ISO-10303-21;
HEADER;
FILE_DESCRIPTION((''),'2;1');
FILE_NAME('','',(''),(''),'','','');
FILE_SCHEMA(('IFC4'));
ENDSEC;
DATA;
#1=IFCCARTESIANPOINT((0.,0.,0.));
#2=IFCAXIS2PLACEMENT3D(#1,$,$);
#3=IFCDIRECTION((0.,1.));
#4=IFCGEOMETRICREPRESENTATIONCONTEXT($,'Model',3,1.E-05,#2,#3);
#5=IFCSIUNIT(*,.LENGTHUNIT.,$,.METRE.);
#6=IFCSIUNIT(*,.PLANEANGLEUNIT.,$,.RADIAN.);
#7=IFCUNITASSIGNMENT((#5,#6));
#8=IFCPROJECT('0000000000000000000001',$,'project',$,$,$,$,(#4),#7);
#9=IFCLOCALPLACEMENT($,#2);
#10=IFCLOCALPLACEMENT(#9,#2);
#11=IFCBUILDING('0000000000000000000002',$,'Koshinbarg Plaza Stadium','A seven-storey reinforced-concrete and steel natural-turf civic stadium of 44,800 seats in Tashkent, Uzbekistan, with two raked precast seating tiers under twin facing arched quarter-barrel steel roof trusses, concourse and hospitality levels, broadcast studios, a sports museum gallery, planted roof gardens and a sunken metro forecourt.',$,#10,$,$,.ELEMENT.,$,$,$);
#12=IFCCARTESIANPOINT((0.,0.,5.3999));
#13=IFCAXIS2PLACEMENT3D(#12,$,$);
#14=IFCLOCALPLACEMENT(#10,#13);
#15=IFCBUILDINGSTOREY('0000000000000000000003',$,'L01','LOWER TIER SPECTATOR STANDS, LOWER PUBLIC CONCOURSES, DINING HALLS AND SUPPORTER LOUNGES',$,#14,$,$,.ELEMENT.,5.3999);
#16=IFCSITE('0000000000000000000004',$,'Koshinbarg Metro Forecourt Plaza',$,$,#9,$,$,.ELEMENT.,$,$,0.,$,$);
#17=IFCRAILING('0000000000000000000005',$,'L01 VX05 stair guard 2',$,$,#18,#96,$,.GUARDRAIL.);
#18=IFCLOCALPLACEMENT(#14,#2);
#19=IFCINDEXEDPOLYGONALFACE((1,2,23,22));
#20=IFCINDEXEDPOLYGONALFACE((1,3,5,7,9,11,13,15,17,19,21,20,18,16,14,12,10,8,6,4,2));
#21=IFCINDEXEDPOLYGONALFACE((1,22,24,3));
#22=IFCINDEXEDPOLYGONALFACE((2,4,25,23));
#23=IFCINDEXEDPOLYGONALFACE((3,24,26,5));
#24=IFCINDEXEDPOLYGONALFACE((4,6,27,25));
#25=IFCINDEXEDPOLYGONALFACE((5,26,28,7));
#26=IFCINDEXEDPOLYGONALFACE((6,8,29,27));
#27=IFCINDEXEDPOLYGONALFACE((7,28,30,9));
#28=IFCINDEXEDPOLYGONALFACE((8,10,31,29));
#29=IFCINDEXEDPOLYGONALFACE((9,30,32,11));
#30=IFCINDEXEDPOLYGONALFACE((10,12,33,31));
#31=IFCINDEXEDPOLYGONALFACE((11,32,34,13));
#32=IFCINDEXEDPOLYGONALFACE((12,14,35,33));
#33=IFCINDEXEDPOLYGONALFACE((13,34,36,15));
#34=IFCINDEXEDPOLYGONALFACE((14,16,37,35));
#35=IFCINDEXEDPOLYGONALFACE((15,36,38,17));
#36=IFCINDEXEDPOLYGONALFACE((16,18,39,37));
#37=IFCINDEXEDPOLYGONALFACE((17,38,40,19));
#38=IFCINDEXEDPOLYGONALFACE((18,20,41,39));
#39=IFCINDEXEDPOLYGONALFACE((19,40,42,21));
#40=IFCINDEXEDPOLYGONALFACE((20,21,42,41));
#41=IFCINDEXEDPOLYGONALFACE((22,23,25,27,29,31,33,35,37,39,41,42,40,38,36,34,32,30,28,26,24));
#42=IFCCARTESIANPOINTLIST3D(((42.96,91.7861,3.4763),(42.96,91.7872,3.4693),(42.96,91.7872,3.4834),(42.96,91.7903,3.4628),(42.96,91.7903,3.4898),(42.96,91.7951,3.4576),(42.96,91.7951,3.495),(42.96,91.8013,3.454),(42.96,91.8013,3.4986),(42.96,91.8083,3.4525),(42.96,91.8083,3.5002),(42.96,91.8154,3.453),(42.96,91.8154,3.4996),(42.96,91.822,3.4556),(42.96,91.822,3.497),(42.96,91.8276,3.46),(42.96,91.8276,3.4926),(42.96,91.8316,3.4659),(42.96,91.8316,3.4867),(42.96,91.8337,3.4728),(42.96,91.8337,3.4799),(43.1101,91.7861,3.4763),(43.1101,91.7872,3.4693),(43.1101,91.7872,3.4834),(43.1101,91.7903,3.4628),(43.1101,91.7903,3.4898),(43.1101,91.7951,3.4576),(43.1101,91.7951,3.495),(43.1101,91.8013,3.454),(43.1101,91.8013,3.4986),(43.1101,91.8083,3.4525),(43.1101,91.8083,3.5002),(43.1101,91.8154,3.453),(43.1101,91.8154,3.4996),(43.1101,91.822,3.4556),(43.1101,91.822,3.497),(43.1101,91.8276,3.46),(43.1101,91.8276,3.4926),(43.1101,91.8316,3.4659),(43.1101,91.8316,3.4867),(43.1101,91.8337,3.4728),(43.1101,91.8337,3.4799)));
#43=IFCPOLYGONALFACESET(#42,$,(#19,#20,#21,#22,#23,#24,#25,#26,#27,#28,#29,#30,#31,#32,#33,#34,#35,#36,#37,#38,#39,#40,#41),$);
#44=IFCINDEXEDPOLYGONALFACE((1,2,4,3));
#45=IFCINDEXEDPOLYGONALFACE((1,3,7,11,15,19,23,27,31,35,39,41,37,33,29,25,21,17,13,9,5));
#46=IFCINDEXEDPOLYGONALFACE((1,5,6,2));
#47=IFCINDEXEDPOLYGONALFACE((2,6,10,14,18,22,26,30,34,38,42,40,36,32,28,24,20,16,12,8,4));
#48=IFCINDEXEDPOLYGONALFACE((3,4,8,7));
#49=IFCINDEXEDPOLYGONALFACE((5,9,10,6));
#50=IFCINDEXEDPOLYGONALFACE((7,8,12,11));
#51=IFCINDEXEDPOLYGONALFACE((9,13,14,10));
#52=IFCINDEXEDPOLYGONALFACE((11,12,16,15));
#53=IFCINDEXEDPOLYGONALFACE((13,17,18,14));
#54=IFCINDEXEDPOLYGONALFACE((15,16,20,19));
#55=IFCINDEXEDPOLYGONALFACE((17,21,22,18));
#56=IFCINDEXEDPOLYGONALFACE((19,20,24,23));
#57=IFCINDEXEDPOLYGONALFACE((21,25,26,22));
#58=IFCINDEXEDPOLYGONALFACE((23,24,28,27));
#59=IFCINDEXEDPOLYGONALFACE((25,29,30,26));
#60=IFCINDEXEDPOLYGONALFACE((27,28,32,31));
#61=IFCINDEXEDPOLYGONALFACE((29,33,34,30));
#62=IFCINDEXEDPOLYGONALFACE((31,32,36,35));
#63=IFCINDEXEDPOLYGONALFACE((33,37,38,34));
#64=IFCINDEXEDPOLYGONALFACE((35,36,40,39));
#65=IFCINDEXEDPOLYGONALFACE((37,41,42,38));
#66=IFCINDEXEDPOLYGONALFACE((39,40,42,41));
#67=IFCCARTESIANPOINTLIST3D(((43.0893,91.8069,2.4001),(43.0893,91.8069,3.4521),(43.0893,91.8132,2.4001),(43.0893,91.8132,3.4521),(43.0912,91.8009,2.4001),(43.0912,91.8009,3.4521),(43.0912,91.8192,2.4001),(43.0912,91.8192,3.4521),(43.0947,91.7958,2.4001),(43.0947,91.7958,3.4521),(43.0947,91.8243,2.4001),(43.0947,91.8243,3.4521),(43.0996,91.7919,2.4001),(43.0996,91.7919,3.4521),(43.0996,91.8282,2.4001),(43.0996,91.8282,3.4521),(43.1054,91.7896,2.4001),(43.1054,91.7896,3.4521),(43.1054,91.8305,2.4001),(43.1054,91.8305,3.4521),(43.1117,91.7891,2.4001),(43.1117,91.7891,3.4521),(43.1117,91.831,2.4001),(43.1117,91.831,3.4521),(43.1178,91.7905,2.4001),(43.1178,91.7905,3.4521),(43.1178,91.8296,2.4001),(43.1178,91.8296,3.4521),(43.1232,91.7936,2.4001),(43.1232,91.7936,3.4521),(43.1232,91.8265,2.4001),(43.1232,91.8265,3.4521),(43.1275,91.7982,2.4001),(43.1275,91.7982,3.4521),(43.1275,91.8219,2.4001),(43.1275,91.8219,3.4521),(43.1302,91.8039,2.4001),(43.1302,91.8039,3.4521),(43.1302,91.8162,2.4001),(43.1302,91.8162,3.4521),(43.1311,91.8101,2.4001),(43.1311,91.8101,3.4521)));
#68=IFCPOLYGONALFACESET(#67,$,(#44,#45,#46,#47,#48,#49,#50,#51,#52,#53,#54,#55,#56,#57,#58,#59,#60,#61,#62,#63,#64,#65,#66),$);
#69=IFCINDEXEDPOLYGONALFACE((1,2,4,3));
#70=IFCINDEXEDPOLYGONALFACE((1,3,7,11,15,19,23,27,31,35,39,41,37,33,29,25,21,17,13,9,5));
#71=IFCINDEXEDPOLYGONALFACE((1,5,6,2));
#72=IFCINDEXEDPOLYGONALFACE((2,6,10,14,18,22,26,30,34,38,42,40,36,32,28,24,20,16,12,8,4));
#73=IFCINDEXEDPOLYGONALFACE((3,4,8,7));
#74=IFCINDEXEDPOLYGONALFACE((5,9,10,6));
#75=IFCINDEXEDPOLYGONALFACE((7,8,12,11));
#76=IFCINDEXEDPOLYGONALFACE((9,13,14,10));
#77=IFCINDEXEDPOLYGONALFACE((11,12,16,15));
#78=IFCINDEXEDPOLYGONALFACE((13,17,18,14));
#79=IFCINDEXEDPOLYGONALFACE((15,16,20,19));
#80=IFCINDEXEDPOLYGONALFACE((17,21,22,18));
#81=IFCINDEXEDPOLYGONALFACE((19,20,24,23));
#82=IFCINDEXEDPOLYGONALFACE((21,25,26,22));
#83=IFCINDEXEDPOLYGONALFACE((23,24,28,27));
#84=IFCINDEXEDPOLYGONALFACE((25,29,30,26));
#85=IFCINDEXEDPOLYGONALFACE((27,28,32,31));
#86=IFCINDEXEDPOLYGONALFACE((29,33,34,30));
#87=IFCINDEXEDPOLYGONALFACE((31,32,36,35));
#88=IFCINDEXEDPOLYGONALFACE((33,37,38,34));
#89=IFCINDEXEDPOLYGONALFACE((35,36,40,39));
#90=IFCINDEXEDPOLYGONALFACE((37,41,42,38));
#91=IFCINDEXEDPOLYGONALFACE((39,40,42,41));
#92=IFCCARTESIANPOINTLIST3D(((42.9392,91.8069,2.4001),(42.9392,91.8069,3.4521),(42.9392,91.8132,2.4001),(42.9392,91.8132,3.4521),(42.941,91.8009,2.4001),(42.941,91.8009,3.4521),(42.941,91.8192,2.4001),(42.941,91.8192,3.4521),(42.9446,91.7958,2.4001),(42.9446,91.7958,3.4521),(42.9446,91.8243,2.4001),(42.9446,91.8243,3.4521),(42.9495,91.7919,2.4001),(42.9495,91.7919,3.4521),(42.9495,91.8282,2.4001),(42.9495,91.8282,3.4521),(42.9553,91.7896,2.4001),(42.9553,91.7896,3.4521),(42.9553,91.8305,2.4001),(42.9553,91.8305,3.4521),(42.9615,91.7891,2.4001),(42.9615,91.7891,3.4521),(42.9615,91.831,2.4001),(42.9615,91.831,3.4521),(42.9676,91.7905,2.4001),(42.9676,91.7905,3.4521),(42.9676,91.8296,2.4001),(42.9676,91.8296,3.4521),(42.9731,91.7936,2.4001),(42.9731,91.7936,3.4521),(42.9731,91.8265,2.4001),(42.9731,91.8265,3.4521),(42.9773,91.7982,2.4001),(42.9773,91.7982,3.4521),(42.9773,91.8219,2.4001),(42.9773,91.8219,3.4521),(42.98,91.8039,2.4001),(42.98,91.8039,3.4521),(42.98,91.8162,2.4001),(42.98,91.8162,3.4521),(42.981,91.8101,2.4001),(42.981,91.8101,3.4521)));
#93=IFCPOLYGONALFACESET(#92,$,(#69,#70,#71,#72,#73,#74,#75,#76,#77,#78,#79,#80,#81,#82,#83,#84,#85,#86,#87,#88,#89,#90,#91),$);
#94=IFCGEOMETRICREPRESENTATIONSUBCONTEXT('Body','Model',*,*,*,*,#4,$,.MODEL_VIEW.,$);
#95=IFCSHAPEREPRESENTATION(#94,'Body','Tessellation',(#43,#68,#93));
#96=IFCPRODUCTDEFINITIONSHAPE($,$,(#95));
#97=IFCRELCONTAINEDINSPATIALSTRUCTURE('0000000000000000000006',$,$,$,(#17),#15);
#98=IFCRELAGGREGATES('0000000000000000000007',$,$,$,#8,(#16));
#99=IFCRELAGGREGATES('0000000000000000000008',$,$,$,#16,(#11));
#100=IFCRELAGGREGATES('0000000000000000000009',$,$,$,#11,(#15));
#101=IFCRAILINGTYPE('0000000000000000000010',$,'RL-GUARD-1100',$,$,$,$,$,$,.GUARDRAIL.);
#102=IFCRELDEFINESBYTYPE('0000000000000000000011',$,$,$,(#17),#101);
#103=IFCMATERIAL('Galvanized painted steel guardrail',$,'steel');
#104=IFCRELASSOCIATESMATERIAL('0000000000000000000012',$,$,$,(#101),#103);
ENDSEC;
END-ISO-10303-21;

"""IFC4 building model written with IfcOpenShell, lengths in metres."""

from ifc_helpers import new_model, si_unit, direction, frame, origin, origin_2d, place, context, subcontext, project, spatial, circle, extrude, material, type_object, element, save


model = new_model("IFC4")

# Units and contexts
model_context = context("Model", 3, precision=1e-05, world=origin(), true_north=direction((0.0, 1.0)))
body_context = subcontext(model_context, "Body", "Model", "MODEL_VIEW")
ifc_project = project(units=[si_unit("LENGTHUNIT", "METRE"), si_unit("PLANEANGLEUNIT", "RADIAN")], contexts=[model_context])

# Site, building, storey
site_placement = place(None, origin())
site = spatial("IfcSite", under=ifc_project, at=site_placement, Name="Koshinbarg Metro Forecourt Plaza", CompositionType="ELEMENT", RefElevation=0.0)
building_placement = place(site_placement, origin())
building = spatial("IfcBuilding", under=site, at=building_placement, Name="Koshinbarg Plaza Stadium", Description="A seven-storey reinforced-concrete and steel natural-turf civic stadium of 44,800 seats in Tashkent, Uzbekistan, with two raked precast seating tiers under twin facing arched quarter-barrel steel roof trusses, concourse and hospitality levels, broadcast studios, a sports museum gallery, planted roof gardens and a sunken metro forecourt.", CompositionType="ELEMENT")
storey_placement = place(building_placement, frame((0.0, 0.0, 5.3999)))
storey = spatial("IfcBuildingStorey", under=building, at=storey_placement, Name="L01", Description="LOWER TIER SPECTATOR STANDS, LOWER PUBLIC CONCOURSES, DINING HALLS AND SUPPORTER LOUNGES", CompositionType="ELEMENT", Elevation=5.3999)

# Railing
ifc_material_1 = material(Name="Galvanized painted steel guardrail", Category="steel")
railing_type_1 = type_object("IfcRailingType", Name="RL-GUARD-1100", PredefinedType="GUARDRAIL", material=ifc_material_1)
railing_1_placement = place(storey_placement, frame((43.1101, 91.8101, 2.4001)))
element("IfcRailing", 1, at=railing_1_placement, inside=storey, type_object=railing_type_1, Name="L01 VX05 stair guard 2", PredefinedType="GUARDRAIL", context=body_context, shape_type="SweptSolid", body=[
    extrude(circle(Radius=0.0239, at=origin_2d()), frame((0.0, 0.0, 1.0762), z_axis=(-1.0, 0.0, 0.0), x_axis=(0.0, -1.0, 0.0)), (0.0, 0.0, 1.0), 0.1501),
    extrude(circle(Radius=0.021, at=origin_2d()), origin(), (0.0, 0.0, 1.0), 1.052),
    extrude(circle(Radius=0.021, at=origin_2d()), frame((-0.1501, 0.0, 0.0)), (0.0, 0.0, 1.0), 1.052),
])

save(model, "model.ifc")
